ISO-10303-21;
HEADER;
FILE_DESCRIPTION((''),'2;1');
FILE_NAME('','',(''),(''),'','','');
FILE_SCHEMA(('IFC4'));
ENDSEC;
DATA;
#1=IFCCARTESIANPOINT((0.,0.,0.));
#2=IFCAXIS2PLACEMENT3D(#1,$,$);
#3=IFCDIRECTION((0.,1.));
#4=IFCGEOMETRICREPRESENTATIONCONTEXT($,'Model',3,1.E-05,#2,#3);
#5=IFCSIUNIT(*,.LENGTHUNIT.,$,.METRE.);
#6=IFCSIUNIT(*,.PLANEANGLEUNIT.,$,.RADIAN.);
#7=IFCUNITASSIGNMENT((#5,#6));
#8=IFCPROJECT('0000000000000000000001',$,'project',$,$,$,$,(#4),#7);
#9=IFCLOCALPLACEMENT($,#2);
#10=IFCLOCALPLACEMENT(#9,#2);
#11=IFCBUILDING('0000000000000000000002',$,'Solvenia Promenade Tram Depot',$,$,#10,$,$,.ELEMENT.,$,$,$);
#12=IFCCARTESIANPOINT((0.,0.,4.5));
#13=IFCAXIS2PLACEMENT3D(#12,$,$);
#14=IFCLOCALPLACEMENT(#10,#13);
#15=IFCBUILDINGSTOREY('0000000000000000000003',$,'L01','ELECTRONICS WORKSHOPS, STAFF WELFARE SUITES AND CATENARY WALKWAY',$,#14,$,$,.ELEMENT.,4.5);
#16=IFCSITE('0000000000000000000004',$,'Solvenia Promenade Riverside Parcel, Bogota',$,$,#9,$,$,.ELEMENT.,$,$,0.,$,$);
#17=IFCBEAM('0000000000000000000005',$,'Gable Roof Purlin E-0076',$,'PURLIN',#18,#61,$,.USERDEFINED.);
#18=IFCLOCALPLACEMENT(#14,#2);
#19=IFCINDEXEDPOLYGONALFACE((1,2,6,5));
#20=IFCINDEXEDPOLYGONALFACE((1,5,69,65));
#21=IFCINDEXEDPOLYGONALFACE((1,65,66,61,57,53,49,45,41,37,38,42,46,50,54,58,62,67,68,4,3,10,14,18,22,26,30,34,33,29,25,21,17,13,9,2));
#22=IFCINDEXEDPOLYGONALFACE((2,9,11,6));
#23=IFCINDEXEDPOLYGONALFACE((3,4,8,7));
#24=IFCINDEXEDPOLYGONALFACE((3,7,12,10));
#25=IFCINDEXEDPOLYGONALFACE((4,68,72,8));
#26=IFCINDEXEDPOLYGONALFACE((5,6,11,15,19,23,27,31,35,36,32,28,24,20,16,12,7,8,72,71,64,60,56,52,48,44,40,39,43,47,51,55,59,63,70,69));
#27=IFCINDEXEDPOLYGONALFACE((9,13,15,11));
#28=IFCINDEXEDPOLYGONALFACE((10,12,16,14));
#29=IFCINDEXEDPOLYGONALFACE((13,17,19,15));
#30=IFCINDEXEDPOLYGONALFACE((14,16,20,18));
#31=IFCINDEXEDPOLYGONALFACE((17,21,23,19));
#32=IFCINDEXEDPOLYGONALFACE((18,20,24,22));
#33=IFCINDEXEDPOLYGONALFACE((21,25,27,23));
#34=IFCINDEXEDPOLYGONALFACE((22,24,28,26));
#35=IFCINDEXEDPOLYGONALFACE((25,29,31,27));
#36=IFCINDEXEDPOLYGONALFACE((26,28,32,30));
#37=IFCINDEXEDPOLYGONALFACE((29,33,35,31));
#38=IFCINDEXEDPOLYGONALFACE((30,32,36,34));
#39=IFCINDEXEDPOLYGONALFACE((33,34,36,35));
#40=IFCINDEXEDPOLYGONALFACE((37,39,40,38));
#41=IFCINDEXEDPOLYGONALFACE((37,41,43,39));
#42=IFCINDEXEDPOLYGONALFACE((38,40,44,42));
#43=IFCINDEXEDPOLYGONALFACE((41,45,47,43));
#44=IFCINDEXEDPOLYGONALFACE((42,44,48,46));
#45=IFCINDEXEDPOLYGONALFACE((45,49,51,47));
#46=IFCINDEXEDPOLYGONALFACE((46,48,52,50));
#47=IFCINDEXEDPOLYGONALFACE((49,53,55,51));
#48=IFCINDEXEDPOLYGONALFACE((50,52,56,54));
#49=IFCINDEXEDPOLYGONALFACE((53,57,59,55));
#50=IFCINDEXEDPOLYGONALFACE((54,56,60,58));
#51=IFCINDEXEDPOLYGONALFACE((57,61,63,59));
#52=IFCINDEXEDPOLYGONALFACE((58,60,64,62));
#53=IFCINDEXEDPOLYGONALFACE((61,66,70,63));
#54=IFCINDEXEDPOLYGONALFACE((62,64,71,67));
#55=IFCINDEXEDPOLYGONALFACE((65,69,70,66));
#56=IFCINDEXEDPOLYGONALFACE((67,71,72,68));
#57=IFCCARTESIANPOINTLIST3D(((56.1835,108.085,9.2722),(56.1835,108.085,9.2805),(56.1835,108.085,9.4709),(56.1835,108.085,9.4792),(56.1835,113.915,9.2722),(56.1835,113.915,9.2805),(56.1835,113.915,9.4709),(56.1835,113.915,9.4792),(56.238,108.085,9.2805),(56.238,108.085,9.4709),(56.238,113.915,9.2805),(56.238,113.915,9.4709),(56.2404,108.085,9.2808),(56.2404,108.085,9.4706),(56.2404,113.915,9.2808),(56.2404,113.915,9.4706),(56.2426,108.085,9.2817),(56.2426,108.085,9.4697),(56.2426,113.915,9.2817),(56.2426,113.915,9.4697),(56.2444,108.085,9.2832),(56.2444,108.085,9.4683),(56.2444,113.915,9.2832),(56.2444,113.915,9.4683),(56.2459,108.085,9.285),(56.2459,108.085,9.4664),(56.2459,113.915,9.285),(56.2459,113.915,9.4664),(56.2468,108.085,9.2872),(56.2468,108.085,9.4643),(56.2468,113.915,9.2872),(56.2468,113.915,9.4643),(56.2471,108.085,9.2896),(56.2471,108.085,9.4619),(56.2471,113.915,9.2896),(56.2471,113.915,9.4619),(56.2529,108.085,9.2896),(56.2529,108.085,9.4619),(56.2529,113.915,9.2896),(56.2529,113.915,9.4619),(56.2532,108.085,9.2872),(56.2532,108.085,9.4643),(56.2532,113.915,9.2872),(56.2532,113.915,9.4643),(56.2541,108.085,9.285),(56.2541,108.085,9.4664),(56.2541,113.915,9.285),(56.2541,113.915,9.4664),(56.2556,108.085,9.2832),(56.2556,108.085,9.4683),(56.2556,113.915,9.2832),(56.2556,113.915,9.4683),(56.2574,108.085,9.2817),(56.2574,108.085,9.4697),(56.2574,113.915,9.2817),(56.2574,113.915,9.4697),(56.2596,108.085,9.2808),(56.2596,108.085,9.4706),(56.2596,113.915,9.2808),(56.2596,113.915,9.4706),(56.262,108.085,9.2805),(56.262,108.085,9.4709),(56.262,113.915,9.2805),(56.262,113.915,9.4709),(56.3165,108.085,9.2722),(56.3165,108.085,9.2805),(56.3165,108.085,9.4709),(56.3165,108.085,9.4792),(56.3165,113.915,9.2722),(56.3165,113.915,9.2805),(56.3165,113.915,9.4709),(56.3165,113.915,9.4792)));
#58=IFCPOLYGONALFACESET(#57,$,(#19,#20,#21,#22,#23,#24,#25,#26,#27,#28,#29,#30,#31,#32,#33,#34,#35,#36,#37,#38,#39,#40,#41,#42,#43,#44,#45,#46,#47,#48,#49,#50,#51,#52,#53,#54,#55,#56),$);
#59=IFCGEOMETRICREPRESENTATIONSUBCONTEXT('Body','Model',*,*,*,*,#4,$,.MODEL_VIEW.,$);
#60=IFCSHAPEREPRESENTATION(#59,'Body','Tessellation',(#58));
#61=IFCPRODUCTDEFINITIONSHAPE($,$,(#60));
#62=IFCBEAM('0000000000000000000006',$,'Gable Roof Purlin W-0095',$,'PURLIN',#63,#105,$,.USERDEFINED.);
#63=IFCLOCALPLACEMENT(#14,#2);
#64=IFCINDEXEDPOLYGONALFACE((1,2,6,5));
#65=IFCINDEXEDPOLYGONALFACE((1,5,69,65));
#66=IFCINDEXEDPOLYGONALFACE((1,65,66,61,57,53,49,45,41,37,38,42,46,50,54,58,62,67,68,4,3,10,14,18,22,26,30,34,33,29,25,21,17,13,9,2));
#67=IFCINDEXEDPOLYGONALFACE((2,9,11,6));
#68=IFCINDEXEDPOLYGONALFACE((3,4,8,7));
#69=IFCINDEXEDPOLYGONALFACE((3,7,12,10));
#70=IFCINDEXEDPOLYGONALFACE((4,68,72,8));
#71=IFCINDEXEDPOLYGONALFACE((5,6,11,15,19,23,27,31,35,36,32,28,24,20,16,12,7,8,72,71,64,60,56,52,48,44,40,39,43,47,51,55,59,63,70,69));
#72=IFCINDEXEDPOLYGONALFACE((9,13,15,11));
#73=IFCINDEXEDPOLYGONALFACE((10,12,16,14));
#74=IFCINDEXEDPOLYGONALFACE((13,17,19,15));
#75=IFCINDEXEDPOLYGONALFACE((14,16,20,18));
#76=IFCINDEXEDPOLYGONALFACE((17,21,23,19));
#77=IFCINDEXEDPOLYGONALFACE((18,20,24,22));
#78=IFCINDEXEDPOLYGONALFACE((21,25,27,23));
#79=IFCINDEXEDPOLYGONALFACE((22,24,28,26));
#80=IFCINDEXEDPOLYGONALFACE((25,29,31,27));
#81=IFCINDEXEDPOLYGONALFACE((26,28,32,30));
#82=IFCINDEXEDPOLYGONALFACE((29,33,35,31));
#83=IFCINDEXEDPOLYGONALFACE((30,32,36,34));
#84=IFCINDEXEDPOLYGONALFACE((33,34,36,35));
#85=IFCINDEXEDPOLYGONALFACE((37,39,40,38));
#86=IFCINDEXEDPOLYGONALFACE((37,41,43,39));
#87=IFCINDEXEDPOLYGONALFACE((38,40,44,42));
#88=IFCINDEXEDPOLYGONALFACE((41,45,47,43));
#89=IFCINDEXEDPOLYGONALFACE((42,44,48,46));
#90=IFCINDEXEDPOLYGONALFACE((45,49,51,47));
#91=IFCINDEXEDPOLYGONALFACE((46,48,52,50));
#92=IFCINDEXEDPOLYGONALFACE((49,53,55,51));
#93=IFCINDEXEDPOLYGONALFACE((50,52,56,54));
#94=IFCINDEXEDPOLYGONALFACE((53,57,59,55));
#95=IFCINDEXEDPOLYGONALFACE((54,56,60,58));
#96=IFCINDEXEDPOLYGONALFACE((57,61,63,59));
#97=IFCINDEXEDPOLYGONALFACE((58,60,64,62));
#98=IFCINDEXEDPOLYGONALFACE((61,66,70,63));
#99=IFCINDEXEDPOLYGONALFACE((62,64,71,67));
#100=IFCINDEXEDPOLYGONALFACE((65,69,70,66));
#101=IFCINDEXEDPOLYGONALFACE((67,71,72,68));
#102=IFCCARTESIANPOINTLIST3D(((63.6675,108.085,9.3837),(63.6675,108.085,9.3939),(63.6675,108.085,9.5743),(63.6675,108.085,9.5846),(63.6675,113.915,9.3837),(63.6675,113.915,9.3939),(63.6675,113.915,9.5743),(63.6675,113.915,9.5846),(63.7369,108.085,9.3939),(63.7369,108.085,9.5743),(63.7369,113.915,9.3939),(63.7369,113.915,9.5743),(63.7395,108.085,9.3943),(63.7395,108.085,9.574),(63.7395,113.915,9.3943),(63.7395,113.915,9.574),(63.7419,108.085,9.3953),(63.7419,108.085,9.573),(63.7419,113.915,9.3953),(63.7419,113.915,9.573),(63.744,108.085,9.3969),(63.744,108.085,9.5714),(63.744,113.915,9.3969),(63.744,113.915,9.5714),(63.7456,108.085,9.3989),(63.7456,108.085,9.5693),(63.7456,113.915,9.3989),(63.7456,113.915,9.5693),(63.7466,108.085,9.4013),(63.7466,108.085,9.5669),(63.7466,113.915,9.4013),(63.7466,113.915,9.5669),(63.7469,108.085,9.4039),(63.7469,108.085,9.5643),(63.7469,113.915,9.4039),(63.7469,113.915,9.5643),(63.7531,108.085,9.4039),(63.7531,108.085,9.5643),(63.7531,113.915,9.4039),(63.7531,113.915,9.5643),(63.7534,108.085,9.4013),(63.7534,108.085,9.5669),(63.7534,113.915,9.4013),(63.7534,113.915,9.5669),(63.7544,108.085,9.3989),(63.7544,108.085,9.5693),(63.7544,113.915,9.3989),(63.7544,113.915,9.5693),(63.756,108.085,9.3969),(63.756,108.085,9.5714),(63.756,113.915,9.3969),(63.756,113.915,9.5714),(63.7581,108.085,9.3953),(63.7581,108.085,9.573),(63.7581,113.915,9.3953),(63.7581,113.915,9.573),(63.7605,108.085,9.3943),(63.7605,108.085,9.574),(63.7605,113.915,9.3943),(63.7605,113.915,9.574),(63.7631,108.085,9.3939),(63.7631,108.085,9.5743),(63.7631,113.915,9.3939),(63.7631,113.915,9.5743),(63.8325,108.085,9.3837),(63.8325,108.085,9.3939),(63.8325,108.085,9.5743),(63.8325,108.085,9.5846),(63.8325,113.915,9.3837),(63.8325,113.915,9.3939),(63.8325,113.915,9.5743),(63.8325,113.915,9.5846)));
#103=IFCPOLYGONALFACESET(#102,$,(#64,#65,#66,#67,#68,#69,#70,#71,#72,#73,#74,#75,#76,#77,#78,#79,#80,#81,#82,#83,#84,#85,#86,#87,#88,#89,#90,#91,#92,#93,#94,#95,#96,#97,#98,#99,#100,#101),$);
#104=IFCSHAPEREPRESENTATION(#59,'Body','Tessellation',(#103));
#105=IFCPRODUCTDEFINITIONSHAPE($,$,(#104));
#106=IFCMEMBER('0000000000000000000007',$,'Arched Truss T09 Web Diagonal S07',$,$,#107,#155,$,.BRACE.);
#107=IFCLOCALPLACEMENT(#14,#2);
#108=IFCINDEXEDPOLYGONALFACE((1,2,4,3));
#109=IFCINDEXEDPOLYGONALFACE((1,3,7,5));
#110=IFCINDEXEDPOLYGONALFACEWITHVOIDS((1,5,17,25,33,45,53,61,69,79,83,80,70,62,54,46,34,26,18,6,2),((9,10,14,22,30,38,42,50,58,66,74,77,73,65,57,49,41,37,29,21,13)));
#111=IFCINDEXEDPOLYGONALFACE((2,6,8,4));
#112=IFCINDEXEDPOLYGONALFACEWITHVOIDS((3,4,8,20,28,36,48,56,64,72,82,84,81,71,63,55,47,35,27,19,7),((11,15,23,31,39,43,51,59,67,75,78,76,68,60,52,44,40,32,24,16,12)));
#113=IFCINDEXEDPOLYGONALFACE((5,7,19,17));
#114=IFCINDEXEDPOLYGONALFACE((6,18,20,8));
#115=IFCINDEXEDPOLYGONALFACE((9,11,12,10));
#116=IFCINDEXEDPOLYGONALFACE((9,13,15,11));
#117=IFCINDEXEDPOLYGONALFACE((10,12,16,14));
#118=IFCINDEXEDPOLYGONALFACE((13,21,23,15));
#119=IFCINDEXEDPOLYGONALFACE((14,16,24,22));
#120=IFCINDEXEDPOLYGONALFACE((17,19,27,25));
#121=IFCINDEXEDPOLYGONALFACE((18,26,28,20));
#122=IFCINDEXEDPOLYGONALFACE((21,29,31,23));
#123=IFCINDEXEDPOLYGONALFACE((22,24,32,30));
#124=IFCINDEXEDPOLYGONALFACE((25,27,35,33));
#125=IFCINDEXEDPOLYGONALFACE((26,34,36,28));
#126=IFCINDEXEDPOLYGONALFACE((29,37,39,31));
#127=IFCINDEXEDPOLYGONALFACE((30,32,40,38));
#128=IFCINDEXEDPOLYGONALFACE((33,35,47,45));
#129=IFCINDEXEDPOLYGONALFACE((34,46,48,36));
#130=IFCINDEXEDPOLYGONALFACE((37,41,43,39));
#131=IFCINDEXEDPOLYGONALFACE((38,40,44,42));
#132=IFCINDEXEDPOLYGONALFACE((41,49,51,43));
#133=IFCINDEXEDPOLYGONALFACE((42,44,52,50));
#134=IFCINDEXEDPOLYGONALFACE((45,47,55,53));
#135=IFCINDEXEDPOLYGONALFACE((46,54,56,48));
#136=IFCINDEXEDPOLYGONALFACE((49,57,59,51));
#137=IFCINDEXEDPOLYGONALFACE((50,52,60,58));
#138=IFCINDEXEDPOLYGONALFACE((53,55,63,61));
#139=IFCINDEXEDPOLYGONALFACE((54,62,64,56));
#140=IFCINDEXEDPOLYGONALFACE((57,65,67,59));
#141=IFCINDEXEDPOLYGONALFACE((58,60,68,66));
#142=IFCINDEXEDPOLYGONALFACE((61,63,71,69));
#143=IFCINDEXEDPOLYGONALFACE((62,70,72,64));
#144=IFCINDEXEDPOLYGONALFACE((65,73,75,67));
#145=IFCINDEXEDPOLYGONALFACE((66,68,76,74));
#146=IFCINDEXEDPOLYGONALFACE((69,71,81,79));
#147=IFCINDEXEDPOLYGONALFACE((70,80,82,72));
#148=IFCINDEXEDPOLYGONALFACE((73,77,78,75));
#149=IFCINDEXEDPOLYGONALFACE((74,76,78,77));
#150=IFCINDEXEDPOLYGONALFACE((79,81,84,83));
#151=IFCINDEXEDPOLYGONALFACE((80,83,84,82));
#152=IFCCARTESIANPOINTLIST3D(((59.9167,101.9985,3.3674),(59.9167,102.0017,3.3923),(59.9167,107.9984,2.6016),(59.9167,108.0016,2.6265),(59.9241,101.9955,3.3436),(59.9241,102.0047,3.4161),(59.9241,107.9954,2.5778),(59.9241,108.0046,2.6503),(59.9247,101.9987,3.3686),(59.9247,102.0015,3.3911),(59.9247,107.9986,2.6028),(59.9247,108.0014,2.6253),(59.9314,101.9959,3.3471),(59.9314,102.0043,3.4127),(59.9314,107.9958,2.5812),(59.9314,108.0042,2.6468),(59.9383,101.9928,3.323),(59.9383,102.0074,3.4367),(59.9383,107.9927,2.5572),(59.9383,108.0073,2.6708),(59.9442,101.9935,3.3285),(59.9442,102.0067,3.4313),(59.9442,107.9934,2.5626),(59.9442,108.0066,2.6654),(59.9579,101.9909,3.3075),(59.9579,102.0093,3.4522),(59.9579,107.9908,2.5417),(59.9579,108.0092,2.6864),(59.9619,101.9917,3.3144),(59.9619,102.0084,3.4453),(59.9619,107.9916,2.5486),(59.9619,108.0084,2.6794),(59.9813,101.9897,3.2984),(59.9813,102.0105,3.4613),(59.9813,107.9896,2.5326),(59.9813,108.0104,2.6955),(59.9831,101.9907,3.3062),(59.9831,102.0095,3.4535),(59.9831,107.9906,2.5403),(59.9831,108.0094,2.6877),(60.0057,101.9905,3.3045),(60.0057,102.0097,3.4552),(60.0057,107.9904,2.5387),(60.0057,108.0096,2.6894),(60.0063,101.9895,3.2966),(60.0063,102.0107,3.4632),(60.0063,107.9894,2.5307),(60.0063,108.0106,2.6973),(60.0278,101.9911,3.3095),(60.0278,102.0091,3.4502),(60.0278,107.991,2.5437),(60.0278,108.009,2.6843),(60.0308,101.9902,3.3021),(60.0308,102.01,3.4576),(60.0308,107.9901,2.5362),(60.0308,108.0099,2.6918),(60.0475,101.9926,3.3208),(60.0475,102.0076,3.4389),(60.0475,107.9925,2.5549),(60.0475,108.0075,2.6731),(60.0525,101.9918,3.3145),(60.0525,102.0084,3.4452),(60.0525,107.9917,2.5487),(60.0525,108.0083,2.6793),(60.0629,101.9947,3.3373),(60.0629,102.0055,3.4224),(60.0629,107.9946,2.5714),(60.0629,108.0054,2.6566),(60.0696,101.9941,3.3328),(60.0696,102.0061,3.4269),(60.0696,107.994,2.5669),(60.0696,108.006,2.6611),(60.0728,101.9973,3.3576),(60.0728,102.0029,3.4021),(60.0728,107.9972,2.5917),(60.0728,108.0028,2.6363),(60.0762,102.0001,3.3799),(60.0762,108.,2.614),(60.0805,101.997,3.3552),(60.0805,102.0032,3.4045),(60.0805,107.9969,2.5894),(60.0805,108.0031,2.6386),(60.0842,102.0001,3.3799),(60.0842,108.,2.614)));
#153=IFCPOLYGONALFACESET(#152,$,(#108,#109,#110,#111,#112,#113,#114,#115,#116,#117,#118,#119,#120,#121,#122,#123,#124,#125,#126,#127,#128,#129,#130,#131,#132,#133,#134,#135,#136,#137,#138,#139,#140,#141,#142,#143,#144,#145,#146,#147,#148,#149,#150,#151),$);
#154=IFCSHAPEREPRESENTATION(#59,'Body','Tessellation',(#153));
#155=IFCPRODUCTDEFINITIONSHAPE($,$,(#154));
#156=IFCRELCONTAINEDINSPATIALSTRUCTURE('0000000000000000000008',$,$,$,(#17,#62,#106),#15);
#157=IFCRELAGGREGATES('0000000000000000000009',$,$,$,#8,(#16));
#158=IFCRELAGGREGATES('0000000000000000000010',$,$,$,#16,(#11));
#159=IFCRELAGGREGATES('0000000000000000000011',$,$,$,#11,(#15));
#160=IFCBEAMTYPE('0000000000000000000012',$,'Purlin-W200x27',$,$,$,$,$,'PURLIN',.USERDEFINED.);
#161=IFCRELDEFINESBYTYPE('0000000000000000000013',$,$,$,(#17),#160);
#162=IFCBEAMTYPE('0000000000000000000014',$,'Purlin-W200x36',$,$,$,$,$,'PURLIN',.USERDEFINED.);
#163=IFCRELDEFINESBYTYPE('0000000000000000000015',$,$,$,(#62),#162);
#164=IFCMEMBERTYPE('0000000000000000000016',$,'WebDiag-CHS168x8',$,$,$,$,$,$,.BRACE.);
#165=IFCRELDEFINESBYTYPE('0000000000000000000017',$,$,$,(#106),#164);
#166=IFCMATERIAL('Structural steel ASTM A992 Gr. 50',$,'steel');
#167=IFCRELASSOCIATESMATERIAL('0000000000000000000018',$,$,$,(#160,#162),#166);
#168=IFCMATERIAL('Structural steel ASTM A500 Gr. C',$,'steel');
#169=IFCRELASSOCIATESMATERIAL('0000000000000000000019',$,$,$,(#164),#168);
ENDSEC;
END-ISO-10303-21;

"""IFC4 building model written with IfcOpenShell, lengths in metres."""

from ifc_helpers import new_model, si_unit, direction, frame, origin, origin_2d, place, context, subcontext, project, spatial, hollow_circle, i_section, extrude, material, material_profile, profile_set, type_object, element, save


model = new_model("IFC4")

# Units and contexts
model_context = context("Model", 3, precision=1e-05, world=origin(), true_north=direction((0.0, 1.0)))
body_context = subcontext(model_context, "Body", "Model", "MODEL_VIEW")
ifc_project = project(units=[si_unit("LENGTHUNIT", "METRE"), si_unit("PLANEANGLEUNIT", "RADIAN")], contexts=[model_context])

# Site, building, storey
site_placement = place(None, origin())
site = spatial("IfcSite", under=ifc_project, at=site_placement, Name="Solvenia Promenade Riverside Parcel, Bogota", CompositionType="ELEMENT", RefElevation=0.0)
building_placement = place(site_placement, origin())
building = spatial("IfcBuilding", under=site, at=building_placement, Name="Solvenia Promenade Tram Depot", CompositionType="ELEMENT")
storey_placement = place(building_placement, frame((0.0, 0.0, 4.5)))
storey = spatial("IfcBuildingStorey", under=building, at=storey_placement, Name="L01", Description="ELECTRONICS WORKSHOPS, STAFF WELFARE SUITES AND CATENARY WALKWAY", CompositionType="ELEMENT", Elevation=4.5)

# Shared definitions
ifc_material_1 = material(Name="Structural steel ASTM A500 Gr. C", Category="steel")

# Beams
ifc_material_2 = material(Name="Structural steel ASTM A992 Gr. 50", Category="steel")
ifc_material_profile_1 = material_profile(ifc_material_2, i_section(OverallWidth=0.1331, OverallDepth=0.207, WebThickness=0.0059, FlangeThickness=0.0083, FilletRadius=0.009, at=origin_2d()), Name="W200x27", Category="steel")
ifc_profile_set_1 = profile_set([ifc_material_profile_1], Name="Structural steel ASTM A992 Gr. 50")
beam_type_1 = type_object("IfcBeamType", Name="Purlin-W200x27", ElementType="PURLIN", PredefinedType="USERDEFINED", material=ifc_profile_set_1)
beam_1_placement = place(storey_placement, frame((56.25, 108.085, 9.3757), z_axis=(0.0, 1.0, 0.0), x_axis=(-1.0, 0.0, 0.0)))
element("IfcBeam", 1, at=beam_1_placement, inside=storey, type_object=beam_type_1, Name="Gable Roof Purlin E-0076", ObjectType="PURLIN", PredefinedType="USERDEFINED", context=body_context, shape_type="SweptSolid", body=[
    extrude(i_section(OverallWidth=0.1331, OverallDepth=0.207, WebThickness=0.0059, FlangeThickness=0.0083, FilletRadius=0.009, at=origin_2d()), origin(), (0.0, 0.0, 1.0), 5.8301),
])
ifc_material_profile_2 = material_profile(ifc_material_2, i_section(OverallWidth=0.165, OverallDepth=0.2009, WebThickness=0.0061, FlangeThickness=0.0103, FilletRadius=0.01, at=origin_2d()), Name="W200x36", Category="steel")
ifc_profile_set_2 = profile_set([ifc_material_profile_2], Name="Structural steel ASTM A992 Gr. 50")
beam_type_2 = type_object("IfcBeamType", Name="Purlin-W200x36", ElementType="PURLIN", PredefinedType="USERDEFINED", material=ifc_profile_set_2)
beam_2_placement = place(storey_placement, frame((63.75, 108.085, 9.4841), z_axis=(0.0, 1.0, 0.0), x_axis=(-1.0, 0.0, 0.0)))
element("IfcBeam", 2, at=beam_2_placement, inside=storey, type_object=beam_type_2, Name="Gable Roof Purlin W-0095", ObjectType="PURLIN", PredefinedType="USERDEFINED", context=body_context, shape_type="SweptSolid", body=[
    extrude(i_section(OverallWidth=0.165, OverallDepth=0.2009, WebThickness=0.0061, FlangeThickness=0.0103, FilletRadius=0.01, at=origin_2d()), origin(), (0.0, 0.0, 1.0), 5.8301),
])

# Member
ifc_material_profile_3 = material_profile(ifc_material_1, hollow_circle(Radius=0.0842, WallThickness=0.0081, at=origin_2d()), Name="CHS168.3x8", Category="steel")
ifc_profile_set_3 = profile_set([ifc_material_profile_3], Name="Structural steel ASTM A500 Gr. C")
member_type_1 = type_object("IfcMemberType", Name="WebDiag-CHS168x8", PredefinedType="BRACE", material=ifc_profile_set_3)
member_1_placement = place(storey_placement, frame((60.0, 108.0, 2.614), z_axis=(0.0, -0.991952, 0.126618), x_axis=(1.0, 0.0, 0.0)))
element("IfcMember", 3, at=member_1_placement, inside=storey, type_object=member_type_1, Name="Arched Truss T09 Web Diagonal S07", PredefinedType="BRACE", context=body_context, shape_type="SweptSolid", body=[
    extrude(hollow_circle(Radius=0.0842, WallThickness=0.0081, at=origin_2d()), origin(), (0.0, 0.0, 1.0), 6.0486),
])

save(model, "model.ifc")
